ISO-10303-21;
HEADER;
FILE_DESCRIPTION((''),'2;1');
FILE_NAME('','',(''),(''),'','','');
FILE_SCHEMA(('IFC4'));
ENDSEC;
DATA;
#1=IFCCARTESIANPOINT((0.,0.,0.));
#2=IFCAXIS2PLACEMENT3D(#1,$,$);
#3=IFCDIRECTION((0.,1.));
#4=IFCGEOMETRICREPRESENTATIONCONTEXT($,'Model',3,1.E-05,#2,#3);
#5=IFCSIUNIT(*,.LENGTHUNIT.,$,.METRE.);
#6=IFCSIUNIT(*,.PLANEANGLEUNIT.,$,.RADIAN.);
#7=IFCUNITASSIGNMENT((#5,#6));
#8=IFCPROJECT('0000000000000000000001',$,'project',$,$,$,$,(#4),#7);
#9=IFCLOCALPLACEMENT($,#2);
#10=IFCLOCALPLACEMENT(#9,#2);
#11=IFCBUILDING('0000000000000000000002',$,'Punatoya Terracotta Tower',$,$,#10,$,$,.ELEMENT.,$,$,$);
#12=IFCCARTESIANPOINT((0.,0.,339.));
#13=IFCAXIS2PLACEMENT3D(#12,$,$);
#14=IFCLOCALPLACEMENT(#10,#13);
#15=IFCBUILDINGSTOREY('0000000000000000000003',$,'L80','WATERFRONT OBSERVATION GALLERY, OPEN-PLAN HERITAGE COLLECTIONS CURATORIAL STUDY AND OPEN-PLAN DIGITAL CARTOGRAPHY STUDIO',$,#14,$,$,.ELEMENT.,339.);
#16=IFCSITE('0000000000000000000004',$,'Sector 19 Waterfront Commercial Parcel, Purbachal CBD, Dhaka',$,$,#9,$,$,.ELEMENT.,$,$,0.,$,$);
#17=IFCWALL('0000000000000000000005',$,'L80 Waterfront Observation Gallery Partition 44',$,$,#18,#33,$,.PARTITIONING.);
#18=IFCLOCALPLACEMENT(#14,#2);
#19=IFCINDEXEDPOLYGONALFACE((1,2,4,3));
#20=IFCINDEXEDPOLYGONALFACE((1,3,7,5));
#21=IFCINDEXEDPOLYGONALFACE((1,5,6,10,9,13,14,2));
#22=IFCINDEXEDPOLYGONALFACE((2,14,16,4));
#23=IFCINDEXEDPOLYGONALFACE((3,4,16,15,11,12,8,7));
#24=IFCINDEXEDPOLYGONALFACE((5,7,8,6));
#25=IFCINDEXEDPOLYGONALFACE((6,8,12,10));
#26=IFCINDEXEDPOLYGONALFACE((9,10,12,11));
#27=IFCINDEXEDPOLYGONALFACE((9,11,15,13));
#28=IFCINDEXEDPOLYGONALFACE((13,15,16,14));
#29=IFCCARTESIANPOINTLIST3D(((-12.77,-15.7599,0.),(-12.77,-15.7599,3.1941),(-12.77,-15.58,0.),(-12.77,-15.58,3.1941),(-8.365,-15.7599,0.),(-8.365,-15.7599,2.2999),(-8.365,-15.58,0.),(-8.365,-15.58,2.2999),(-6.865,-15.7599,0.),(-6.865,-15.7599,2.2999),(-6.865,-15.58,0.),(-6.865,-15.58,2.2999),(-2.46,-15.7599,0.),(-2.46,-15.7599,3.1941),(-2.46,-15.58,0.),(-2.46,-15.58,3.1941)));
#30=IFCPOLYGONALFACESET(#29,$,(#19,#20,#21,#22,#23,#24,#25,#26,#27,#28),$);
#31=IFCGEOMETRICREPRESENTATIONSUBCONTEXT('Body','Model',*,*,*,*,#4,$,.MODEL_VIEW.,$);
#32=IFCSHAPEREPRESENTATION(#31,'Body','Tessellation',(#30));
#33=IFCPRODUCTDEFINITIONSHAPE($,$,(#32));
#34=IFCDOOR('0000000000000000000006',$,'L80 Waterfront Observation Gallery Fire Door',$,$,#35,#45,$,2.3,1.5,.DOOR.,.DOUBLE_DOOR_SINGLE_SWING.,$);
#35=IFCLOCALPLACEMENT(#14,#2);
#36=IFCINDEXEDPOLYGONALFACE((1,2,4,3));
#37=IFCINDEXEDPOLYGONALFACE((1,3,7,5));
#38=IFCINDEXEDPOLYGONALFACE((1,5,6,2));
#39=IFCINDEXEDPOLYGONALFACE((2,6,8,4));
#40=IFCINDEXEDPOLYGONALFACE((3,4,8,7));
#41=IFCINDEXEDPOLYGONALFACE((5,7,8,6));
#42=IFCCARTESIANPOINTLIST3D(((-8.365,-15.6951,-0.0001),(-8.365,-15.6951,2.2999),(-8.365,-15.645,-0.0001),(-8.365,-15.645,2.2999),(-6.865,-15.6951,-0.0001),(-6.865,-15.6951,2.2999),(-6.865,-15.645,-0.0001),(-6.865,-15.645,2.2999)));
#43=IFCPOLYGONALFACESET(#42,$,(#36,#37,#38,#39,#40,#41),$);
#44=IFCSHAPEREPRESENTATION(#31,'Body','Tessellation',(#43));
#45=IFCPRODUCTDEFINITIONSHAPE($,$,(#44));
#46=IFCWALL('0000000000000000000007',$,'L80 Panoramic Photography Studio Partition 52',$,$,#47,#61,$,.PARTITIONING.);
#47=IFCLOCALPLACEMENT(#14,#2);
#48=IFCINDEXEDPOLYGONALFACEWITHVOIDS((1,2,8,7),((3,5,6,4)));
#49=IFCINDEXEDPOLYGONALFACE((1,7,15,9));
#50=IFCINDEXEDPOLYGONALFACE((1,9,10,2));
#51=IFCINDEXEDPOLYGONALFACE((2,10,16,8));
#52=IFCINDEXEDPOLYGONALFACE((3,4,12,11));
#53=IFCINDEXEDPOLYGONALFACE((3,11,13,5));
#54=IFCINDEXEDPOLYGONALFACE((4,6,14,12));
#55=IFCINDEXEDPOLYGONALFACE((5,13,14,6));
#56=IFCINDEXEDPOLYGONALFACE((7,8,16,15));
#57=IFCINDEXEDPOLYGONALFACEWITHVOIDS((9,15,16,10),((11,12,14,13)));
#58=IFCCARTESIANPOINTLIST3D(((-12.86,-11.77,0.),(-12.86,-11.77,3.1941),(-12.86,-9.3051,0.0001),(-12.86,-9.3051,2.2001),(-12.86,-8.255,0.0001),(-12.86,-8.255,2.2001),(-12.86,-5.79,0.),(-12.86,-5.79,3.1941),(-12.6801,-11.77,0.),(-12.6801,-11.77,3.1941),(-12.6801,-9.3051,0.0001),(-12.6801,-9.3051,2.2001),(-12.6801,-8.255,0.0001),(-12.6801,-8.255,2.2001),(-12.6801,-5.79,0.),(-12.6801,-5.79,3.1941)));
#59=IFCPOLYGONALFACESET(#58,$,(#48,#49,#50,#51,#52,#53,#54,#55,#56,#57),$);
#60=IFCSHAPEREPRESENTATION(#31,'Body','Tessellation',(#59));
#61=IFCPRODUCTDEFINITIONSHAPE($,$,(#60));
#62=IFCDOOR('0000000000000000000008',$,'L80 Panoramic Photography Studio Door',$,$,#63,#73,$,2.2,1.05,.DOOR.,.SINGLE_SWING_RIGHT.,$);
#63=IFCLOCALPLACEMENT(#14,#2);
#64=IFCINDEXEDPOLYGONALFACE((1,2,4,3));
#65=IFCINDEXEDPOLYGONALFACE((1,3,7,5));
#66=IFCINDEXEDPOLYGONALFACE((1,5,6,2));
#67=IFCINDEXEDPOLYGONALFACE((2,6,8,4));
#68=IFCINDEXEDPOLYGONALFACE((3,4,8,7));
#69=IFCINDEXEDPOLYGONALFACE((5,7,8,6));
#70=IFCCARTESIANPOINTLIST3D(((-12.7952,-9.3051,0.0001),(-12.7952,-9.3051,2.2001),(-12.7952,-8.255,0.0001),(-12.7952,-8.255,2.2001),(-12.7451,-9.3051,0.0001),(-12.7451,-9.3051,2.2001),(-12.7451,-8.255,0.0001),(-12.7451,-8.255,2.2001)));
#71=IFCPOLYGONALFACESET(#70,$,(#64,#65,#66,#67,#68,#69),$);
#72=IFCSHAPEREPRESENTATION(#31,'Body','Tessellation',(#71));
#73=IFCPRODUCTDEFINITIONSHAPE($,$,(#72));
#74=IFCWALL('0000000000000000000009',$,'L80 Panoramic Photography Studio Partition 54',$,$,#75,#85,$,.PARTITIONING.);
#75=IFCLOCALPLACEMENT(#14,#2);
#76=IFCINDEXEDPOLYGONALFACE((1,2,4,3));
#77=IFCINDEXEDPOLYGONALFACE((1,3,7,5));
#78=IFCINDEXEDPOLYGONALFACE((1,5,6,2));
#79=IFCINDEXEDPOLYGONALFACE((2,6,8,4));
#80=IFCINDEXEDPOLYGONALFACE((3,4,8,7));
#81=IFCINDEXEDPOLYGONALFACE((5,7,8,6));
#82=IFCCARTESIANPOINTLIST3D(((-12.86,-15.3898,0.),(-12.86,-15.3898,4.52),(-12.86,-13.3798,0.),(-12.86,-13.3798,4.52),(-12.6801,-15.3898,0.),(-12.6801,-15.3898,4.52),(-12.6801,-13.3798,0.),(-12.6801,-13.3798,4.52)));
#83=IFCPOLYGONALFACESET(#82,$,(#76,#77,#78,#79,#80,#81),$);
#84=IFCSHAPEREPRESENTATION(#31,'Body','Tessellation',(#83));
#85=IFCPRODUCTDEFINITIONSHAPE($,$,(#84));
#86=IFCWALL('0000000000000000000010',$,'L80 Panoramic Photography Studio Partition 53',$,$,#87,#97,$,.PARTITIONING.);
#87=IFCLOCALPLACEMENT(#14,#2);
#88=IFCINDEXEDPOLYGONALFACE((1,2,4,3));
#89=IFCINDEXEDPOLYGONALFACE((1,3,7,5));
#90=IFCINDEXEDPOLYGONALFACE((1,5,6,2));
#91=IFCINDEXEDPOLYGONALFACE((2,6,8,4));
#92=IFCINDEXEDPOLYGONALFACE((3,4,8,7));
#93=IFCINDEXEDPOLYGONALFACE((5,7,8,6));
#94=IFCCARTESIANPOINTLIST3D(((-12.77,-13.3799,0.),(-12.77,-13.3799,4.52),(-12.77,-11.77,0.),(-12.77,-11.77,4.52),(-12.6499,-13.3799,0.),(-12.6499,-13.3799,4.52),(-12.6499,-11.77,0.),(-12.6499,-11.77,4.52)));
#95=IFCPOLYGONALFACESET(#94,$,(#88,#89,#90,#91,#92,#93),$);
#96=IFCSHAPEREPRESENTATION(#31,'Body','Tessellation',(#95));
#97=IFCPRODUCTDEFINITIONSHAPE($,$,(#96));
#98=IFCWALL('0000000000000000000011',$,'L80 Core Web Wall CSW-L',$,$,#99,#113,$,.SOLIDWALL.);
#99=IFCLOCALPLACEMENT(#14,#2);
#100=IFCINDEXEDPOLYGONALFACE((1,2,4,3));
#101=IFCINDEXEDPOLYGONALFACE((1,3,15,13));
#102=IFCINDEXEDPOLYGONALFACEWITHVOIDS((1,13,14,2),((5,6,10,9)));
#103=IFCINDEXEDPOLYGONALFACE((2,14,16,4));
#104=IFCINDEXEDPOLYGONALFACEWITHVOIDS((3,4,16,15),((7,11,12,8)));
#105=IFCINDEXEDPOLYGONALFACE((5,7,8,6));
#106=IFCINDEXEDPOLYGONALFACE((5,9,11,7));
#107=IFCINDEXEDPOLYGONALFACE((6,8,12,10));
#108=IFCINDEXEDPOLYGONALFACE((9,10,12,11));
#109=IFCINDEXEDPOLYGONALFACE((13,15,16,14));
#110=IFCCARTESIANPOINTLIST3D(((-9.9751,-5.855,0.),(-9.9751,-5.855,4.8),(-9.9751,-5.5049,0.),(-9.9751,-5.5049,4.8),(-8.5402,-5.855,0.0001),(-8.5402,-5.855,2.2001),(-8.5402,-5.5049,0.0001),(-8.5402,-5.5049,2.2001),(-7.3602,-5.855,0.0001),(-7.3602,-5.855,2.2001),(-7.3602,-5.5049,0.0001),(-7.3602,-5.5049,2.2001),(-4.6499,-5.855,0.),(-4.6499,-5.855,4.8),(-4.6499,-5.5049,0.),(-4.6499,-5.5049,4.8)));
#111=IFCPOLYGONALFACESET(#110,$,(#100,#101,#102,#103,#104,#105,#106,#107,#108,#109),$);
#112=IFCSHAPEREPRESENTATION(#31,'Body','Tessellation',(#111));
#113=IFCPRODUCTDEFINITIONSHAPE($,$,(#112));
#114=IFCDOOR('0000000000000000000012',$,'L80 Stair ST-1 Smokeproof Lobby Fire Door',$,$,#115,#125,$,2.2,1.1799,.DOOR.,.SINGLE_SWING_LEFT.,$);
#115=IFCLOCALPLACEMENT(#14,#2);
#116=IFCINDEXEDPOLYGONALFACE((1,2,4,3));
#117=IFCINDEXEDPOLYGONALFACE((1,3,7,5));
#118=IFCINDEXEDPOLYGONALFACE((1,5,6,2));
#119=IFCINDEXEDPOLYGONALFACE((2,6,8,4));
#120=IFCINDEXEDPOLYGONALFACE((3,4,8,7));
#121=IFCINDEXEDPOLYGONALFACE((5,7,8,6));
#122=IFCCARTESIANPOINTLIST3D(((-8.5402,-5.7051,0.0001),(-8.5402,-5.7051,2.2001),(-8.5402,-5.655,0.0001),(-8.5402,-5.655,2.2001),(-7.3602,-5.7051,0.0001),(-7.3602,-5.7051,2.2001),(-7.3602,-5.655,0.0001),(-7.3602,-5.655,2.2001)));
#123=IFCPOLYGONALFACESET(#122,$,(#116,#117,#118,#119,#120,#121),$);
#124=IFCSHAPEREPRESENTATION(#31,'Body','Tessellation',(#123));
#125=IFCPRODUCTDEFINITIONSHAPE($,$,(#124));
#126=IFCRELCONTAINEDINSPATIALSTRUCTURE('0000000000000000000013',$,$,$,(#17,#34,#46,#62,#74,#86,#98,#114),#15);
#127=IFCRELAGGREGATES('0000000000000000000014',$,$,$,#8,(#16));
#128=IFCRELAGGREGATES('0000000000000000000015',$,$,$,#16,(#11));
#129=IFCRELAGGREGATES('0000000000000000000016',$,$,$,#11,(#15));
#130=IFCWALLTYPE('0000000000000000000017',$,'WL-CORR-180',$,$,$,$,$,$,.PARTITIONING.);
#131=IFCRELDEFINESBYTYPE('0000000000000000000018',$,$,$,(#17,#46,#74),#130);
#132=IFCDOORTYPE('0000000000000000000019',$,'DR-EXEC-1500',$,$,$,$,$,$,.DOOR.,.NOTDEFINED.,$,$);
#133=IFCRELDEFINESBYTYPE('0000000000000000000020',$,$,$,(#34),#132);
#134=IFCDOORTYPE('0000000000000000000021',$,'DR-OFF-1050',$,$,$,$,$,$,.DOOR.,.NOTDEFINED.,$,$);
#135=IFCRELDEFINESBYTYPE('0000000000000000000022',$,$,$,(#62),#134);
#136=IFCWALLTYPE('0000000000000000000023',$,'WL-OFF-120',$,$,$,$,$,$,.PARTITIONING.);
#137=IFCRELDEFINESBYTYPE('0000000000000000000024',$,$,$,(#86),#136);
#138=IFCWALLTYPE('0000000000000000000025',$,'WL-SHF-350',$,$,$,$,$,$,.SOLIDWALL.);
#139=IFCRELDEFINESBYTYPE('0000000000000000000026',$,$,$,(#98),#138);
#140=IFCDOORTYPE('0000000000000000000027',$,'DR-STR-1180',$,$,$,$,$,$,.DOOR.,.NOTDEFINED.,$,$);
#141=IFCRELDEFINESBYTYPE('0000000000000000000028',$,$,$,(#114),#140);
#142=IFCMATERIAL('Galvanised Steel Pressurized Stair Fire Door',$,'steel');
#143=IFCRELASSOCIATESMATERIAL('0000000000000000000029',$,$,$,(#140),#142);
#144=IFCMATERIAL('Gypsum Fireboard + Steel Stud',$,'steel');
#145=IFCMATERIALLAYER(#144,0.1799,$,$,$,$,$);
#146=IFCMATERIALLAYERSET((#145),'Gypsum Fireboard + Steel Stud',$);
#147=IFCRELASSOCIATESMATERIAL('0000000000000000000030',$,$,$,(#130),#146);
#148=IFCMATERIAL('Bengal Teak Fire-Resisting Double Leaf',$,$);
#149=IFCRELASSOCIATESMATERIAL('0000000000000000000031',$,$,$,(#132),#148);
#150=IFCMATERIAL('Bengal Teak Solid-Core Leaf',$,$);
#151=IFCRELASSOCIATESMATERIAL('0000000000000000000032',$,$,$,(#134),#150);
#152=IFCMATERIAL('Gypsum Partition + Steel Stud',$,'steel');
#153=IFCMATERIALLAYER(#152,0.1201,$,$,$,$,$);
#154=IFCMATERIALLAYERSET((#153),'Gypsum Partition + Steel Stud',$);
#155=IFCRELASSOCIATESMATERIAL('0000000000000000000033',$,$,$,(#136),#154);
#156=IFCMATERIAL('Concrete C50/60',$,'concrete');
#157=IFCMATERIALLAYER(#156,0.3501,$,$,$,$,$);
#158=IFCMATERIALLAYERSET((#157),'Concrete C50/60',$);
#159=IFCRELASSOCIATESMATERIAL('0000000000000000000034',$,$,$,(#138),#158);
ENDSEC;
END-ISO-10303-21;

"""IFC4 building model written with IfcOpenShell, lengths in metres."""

from ifc_helpers import new_model, si_unit, direction, frame, frame_2d, origin, place, context, subcontext, project, spatial, rectangle, extrude, material, layer, layer_set, type_object, element, fill, save


model = new_model("IFC4")

# Units and contexts
model_context = context("Model", 3, precision=1e-05, world=origin(), true_north=direction((0.0, 1.0)))
body_context = subcontext(model_context, "Body", "Model", "MODEL_VIEW")
ifc_project = project(units=[si_unit("LENGTHUNIT", "METRE"), si_unit("PLANEANGLEUNIT", "RADIAN")], contexts=[model_context])

# Site, building, storey
site_placement = place(None, origin())
site = spatial("IfcSite", under=ifc_project, at=site_placement, Name="Sector 19 Waterfront Commercial Parcel, Purbachal CBD, Dhaka", CompositionType="ELEMENT", RefElevation=0.0)
building_placement = place(site_placement, origin())
building = spatial("IfcBuilding", under=site, at=building_placement, Name="Punatoya Terracotta Tower", CompositionType="ELEMENT")
storey_placement = place(building_placement, frame((0.0, 0.0, 339.0)))
storey = spatial("IfcBuildingStorey", under=building, at=storey_placement, Name="L80", Description="WATERFRONT OBSERVATION GALLERY, OPEN-PLAN HERITAGE COLLECTIONS CURATORIAL STUDY AND OPEN-PLAN DIGITAL CARTOGRAPHY STUDIO", CompositionType="ELEMENT", Elevation=339.0)

# Walls, openings, doors
ifc_material_1 = material(Name="Concrete C50/60", Category="concrete")
ifc_material_2 = material(Name="Galvanised Steel Pressurized Stair Fire Door", Category="steel")
door_type_1 = type_object("IfcDoorType", Name="DR-STR-1180", OperationType="NOTDEFINED", PredefinedType="DOOR", material=ifc_material_2)
ifc_material_3 = material(Name="Gypsum Fireboard + Steel Stud", Category="steel")
ifc_layer_1 = layer(ifc_material_3, 0.1799)
ifc_layer_set_1 = layer_set([ifc_layer_1], Name="Gypsum Fireboard + Steel Stud")
wall_type_1 = type_object("IfcWallType", Name="WL-CORR-180", PredefinedType="PARTITIONING", material=ifc_layer_set_1)
wall_1_placement = place(storey_placement, frame((-12.77, -15.6699, 0.0), z_axis=(0.0, 0.0, 1.0), x_axis=(1.0, 0.0, 0.0)))
wall_1 = element("IfcWall", 1, at=wall_1_placement, inside=storey, type_object=wall_type_1, Name="L80 Waterfront Observation Gallery Partition 44", PredefinedType="PARTITIONING", context=body_context, shape_type="SweptSolid", body=[
    extrude(rectangle(XDim=10.3101, YDim=0.1799, at=frame_2d((5.155, 0.0))), origin(), (0.0, 0.0, 1.0), 3.1941),
])
opening_1_placement = place(wall_1_placement, frame((4.405, 0.0, 0.0)))
opening_1 = element("IfcOpeningElement", 2, at=opening_1_placement, cuts=wall_1, PredefinedType="OPENING", context=body_context, shape_type="SweptSolid", body=[
    extrude(rectangle(XDim=1.5, YDim=2.3, at=frame_2d((0.75, 1.1499))), frame((0.0, 0.0999, 0.0), z_axis=(0.0, -1.0, 0.0), x_axis=(1.0, 0.0, 0.0)), (0.0, 0.0, 1.0), 0.2),
])
ifc_material_4 = material(Name="Bengal Teak Fire-Resisting Double Leaf")
door_type_2 = type_object("IfcDoorType", Name="DR-EXEC-1500", OperationType="NOTDEFINED", PredefinedType="DOOR", material=ifc_material_4)
door_1_placement = place(opening_1_placement, origin())
door_1 = element("IfcDoor", 3, at=door_1_placement, inside=storey, type_object=door_type_2, Name="L80 Waterfront Observation Gallery Fire Door", OperationType="DOUBLE_DOOR_SINGLE_SWING", OverallHeight=2.3, OverallWidth=1.5, PredefinedType="DOOR", context=body_context, shape_type="SweptSolid", body=[
    extrude(rectangle(XDim=1.5, YDim=2.3, at=frame_2d((0.75, 1.1499))), frame((0.0, 0.0249, 0.0), z_axis=(0.0, -1.0, 0.0), x_axis=(1.0, 0.0, 0.0)), (0.0, 0.0, 1.0), 0.05),
])
fill(opening_1, door_1)
wall_2_placement = place(storey_placement, frame((-12.77, -5.79, 0.0), z_axis=(0.0, 0.0, 1.0), x_axis=(0.0, -1.0, 0.0)))
wall_2 = element("IfcWall", 4, at=wall_2_placement, inside=storey, type_object=wall_type_1, Name="L80 Panoramic Photography Studio Partition 52", PredefinedType="PARTITIONING", context=body_context, shape_type="SweptSolid", body=[
    extrude(rectangle(XDim=5.98, YDim=0.1799, at=frame_2d((2.99, 0.0))), origin(), (0.0, 0.0, 1.0), 3.1941),
])
opening_2_placement = place(wall_2_placement, frame((2.4651, 0.0, 0.0)))
opening_2 = element("IfcOpeningElement", 5, at=opening_2_placement, cuts=wall_2, PredefinedType="OPENING", context=body_context, shape_type="SweptSolid", body=[
    extrude(rectangle(XDim=1.05, YDim=2.2, at=frame_2d((0.5249, 1.1001))), frame((0.0, 0.0999, 0.0), z_axis=(0.0, -1.0, 0.0), x_axis=(1.0, 0.0, 0.0)), (0.0, 0.0, 1.0), 0.2),
])
ifc_material_5 = material(Name="Bengal Teak Solid-Core Leaf")
door_type_3 = type_object("IfcDoorType", Name="DR-OFF-1050", OperationType="NOTDEFINED", PredefinedType="DOOR", material=ifc_material_5)
door_2_placement = place(opening_2_placement, origin())
door_2 = element("IfcDoor", 6, at=door_2_placement, inside=storey, type_object=door_type_3, Name="L80 Panoramic Photography Studio Door", OperationType="SINGLE_SWING_RIGHT", OverallHeight=2.2, OverallWidth=1.05, PredefinedType="DOOR", context=body_context, shape_type="SweptSolid", body=[
    extrude(rectangle(XDim=1.05, YDim=2.2, at=frame_2d((0.5249, 1.1001))), frame((0.0, 0.0249, 0.0), z_axis=(0.0, -1.0, 0.0), x_axis=(1.0, 0.0, 0.0)), (0.0, 0.0, 1.0), 0.05),
])
fill(opening_2, door_2)

# Walls
wall_3_placement = place(storey_placement, frame((-12.77, -13.3799, 0.0), z_axis=(0.0, 0.0, 1.0), x_axis=(0.0, -1.0, 0.0)))
element("IfcWall", 7, at=wall_3_placement, inside=storey, type_object=wall_type_1, Name="L80 Panoramic Photography Studio Partition 54", PredefinedType="PARTITIONING", context=body_context, shape_type="SweptSolid", body=[
    extrude(rectangle(XDim=2.01, YDim=0.1799, at=frame_2d((1.0049, 0.0))), origin(), (0.0, 0.0, 1.0), 4.52),
])
ifc_material_6 = material(Name="Gypsum Partition + Steel Stud", Category="steel")
ifc_layer_2 = layer(ifc_material_6, 0.1201)
ifc_layer_set_2 = layer_set([ifc_layer_2], Name="Gypsum Partition + Steel Stud")
wall_type_2 = type_object("IfcWallType", Name="WL-OFF-120", PredefinedType="PARTITIONING", material=ifc_layer_set_2)
wall_4_placement = place(storey_placement, frame((-12.71, -11.77, 0.0), z_axis=(0.0, 0.0, 1.0), x_axis=(0.0, -1.0, 0.0)))
element("IfcWall", 8, at=wall_4_placement, inside=storey, type_object=wall_type_2, Name="L80 Panoramic Photography Studio Partition 53", PredefinedType="PARTITIONING", context=body_context, shape_type="SweptSolid", body=[
    extrude(rectangle(XDim=1.6099, YDim=0.1201, at=frame_2d((0.8049, 0.0))), origin(), (0.0, 0.0, 1.0), 4.52),
])

# Wall, opening, door
ifc_layer_3 = layer(ifc_material_1, 0.3501)
ifc_layer_set_3 = layer_set([ifc_layer_3], Name="Concrete C50/60")
wall_type_3 = type_object("IfcWallType", Name="WL-SHF-350", PredefinedType="SOLIDWALL", material=ifc_layer_set_3)
wall_5_placement = place(storey_placement, frame((-9.9751, -5.6799, 0.0), z_axis=(0.0, 0.0, 1.0), x_axis=(1.0, 0.0, 0.0)))
wall_5 = element("IfcWall", 9, at=wall_5_placement, inside=storey, type_object=wall_type_3, Name="L80 Core Web Wall CSW-L", PredefinedType="SOLIDWALL", context=body_context, shape_type="SweptSolid", body=[
    extrude(rectangle(XDim=5.3252, YDim=0.3501, at=frame_2d((2.6626, 0.0))), origin(), (0.0, 0.0, 1.0), 4.8),
])
opening_3_placement = place(wall_5_placement, frame((1.4351, 0.0, 0.0)))
opening_3 = element("IfcOpeningElement", 10, at=opening_3_placement, cuts=wall_5, PredefinedType="OPENING", context=body_context, shape_type="SweptSolid", body=[
    extrude(rectangle(XDim=1.1799, YDim=2.2, at=frame_2d((0.5898, 1.1001))), frame((0.0, 0.1851, 0.0), z_axis=(0.0, -1.0, 0.0), x_axis=(1.0, 0.0, 0.0)), (0.0, 0.0, 1.0), 0.3701),
])
door_3_placement = place(opening_3_placement, origin())
door_3 = element("IfcDoor", 11, at=door_3_placement, inside=storey, type_object=door_type_1, Name="L80 Stair ST-1 Smokeproof Lobby Fire Door", OperationType="SINGLE_SWING_LEFT", OverallHeight=2.2, OverallWidth=1.1799, PredefinedType="DOOR", context=body_context, shape_type="SweptSolid", body=[
    extrude(rectangle(XDim=1.1799, YDim=2.2, at=frame_2d((0.5898, 1.1001))), frame((0.0, 0.0249, 0.0), z_axis=(0.0, -1.0, 0.0), x_axis=(1.0, 0.0, 0.0)), (0.0, 0.0, 1.0), 0.05),
])
fill(opening_3, door_3)

save(model, "model.ifc")
